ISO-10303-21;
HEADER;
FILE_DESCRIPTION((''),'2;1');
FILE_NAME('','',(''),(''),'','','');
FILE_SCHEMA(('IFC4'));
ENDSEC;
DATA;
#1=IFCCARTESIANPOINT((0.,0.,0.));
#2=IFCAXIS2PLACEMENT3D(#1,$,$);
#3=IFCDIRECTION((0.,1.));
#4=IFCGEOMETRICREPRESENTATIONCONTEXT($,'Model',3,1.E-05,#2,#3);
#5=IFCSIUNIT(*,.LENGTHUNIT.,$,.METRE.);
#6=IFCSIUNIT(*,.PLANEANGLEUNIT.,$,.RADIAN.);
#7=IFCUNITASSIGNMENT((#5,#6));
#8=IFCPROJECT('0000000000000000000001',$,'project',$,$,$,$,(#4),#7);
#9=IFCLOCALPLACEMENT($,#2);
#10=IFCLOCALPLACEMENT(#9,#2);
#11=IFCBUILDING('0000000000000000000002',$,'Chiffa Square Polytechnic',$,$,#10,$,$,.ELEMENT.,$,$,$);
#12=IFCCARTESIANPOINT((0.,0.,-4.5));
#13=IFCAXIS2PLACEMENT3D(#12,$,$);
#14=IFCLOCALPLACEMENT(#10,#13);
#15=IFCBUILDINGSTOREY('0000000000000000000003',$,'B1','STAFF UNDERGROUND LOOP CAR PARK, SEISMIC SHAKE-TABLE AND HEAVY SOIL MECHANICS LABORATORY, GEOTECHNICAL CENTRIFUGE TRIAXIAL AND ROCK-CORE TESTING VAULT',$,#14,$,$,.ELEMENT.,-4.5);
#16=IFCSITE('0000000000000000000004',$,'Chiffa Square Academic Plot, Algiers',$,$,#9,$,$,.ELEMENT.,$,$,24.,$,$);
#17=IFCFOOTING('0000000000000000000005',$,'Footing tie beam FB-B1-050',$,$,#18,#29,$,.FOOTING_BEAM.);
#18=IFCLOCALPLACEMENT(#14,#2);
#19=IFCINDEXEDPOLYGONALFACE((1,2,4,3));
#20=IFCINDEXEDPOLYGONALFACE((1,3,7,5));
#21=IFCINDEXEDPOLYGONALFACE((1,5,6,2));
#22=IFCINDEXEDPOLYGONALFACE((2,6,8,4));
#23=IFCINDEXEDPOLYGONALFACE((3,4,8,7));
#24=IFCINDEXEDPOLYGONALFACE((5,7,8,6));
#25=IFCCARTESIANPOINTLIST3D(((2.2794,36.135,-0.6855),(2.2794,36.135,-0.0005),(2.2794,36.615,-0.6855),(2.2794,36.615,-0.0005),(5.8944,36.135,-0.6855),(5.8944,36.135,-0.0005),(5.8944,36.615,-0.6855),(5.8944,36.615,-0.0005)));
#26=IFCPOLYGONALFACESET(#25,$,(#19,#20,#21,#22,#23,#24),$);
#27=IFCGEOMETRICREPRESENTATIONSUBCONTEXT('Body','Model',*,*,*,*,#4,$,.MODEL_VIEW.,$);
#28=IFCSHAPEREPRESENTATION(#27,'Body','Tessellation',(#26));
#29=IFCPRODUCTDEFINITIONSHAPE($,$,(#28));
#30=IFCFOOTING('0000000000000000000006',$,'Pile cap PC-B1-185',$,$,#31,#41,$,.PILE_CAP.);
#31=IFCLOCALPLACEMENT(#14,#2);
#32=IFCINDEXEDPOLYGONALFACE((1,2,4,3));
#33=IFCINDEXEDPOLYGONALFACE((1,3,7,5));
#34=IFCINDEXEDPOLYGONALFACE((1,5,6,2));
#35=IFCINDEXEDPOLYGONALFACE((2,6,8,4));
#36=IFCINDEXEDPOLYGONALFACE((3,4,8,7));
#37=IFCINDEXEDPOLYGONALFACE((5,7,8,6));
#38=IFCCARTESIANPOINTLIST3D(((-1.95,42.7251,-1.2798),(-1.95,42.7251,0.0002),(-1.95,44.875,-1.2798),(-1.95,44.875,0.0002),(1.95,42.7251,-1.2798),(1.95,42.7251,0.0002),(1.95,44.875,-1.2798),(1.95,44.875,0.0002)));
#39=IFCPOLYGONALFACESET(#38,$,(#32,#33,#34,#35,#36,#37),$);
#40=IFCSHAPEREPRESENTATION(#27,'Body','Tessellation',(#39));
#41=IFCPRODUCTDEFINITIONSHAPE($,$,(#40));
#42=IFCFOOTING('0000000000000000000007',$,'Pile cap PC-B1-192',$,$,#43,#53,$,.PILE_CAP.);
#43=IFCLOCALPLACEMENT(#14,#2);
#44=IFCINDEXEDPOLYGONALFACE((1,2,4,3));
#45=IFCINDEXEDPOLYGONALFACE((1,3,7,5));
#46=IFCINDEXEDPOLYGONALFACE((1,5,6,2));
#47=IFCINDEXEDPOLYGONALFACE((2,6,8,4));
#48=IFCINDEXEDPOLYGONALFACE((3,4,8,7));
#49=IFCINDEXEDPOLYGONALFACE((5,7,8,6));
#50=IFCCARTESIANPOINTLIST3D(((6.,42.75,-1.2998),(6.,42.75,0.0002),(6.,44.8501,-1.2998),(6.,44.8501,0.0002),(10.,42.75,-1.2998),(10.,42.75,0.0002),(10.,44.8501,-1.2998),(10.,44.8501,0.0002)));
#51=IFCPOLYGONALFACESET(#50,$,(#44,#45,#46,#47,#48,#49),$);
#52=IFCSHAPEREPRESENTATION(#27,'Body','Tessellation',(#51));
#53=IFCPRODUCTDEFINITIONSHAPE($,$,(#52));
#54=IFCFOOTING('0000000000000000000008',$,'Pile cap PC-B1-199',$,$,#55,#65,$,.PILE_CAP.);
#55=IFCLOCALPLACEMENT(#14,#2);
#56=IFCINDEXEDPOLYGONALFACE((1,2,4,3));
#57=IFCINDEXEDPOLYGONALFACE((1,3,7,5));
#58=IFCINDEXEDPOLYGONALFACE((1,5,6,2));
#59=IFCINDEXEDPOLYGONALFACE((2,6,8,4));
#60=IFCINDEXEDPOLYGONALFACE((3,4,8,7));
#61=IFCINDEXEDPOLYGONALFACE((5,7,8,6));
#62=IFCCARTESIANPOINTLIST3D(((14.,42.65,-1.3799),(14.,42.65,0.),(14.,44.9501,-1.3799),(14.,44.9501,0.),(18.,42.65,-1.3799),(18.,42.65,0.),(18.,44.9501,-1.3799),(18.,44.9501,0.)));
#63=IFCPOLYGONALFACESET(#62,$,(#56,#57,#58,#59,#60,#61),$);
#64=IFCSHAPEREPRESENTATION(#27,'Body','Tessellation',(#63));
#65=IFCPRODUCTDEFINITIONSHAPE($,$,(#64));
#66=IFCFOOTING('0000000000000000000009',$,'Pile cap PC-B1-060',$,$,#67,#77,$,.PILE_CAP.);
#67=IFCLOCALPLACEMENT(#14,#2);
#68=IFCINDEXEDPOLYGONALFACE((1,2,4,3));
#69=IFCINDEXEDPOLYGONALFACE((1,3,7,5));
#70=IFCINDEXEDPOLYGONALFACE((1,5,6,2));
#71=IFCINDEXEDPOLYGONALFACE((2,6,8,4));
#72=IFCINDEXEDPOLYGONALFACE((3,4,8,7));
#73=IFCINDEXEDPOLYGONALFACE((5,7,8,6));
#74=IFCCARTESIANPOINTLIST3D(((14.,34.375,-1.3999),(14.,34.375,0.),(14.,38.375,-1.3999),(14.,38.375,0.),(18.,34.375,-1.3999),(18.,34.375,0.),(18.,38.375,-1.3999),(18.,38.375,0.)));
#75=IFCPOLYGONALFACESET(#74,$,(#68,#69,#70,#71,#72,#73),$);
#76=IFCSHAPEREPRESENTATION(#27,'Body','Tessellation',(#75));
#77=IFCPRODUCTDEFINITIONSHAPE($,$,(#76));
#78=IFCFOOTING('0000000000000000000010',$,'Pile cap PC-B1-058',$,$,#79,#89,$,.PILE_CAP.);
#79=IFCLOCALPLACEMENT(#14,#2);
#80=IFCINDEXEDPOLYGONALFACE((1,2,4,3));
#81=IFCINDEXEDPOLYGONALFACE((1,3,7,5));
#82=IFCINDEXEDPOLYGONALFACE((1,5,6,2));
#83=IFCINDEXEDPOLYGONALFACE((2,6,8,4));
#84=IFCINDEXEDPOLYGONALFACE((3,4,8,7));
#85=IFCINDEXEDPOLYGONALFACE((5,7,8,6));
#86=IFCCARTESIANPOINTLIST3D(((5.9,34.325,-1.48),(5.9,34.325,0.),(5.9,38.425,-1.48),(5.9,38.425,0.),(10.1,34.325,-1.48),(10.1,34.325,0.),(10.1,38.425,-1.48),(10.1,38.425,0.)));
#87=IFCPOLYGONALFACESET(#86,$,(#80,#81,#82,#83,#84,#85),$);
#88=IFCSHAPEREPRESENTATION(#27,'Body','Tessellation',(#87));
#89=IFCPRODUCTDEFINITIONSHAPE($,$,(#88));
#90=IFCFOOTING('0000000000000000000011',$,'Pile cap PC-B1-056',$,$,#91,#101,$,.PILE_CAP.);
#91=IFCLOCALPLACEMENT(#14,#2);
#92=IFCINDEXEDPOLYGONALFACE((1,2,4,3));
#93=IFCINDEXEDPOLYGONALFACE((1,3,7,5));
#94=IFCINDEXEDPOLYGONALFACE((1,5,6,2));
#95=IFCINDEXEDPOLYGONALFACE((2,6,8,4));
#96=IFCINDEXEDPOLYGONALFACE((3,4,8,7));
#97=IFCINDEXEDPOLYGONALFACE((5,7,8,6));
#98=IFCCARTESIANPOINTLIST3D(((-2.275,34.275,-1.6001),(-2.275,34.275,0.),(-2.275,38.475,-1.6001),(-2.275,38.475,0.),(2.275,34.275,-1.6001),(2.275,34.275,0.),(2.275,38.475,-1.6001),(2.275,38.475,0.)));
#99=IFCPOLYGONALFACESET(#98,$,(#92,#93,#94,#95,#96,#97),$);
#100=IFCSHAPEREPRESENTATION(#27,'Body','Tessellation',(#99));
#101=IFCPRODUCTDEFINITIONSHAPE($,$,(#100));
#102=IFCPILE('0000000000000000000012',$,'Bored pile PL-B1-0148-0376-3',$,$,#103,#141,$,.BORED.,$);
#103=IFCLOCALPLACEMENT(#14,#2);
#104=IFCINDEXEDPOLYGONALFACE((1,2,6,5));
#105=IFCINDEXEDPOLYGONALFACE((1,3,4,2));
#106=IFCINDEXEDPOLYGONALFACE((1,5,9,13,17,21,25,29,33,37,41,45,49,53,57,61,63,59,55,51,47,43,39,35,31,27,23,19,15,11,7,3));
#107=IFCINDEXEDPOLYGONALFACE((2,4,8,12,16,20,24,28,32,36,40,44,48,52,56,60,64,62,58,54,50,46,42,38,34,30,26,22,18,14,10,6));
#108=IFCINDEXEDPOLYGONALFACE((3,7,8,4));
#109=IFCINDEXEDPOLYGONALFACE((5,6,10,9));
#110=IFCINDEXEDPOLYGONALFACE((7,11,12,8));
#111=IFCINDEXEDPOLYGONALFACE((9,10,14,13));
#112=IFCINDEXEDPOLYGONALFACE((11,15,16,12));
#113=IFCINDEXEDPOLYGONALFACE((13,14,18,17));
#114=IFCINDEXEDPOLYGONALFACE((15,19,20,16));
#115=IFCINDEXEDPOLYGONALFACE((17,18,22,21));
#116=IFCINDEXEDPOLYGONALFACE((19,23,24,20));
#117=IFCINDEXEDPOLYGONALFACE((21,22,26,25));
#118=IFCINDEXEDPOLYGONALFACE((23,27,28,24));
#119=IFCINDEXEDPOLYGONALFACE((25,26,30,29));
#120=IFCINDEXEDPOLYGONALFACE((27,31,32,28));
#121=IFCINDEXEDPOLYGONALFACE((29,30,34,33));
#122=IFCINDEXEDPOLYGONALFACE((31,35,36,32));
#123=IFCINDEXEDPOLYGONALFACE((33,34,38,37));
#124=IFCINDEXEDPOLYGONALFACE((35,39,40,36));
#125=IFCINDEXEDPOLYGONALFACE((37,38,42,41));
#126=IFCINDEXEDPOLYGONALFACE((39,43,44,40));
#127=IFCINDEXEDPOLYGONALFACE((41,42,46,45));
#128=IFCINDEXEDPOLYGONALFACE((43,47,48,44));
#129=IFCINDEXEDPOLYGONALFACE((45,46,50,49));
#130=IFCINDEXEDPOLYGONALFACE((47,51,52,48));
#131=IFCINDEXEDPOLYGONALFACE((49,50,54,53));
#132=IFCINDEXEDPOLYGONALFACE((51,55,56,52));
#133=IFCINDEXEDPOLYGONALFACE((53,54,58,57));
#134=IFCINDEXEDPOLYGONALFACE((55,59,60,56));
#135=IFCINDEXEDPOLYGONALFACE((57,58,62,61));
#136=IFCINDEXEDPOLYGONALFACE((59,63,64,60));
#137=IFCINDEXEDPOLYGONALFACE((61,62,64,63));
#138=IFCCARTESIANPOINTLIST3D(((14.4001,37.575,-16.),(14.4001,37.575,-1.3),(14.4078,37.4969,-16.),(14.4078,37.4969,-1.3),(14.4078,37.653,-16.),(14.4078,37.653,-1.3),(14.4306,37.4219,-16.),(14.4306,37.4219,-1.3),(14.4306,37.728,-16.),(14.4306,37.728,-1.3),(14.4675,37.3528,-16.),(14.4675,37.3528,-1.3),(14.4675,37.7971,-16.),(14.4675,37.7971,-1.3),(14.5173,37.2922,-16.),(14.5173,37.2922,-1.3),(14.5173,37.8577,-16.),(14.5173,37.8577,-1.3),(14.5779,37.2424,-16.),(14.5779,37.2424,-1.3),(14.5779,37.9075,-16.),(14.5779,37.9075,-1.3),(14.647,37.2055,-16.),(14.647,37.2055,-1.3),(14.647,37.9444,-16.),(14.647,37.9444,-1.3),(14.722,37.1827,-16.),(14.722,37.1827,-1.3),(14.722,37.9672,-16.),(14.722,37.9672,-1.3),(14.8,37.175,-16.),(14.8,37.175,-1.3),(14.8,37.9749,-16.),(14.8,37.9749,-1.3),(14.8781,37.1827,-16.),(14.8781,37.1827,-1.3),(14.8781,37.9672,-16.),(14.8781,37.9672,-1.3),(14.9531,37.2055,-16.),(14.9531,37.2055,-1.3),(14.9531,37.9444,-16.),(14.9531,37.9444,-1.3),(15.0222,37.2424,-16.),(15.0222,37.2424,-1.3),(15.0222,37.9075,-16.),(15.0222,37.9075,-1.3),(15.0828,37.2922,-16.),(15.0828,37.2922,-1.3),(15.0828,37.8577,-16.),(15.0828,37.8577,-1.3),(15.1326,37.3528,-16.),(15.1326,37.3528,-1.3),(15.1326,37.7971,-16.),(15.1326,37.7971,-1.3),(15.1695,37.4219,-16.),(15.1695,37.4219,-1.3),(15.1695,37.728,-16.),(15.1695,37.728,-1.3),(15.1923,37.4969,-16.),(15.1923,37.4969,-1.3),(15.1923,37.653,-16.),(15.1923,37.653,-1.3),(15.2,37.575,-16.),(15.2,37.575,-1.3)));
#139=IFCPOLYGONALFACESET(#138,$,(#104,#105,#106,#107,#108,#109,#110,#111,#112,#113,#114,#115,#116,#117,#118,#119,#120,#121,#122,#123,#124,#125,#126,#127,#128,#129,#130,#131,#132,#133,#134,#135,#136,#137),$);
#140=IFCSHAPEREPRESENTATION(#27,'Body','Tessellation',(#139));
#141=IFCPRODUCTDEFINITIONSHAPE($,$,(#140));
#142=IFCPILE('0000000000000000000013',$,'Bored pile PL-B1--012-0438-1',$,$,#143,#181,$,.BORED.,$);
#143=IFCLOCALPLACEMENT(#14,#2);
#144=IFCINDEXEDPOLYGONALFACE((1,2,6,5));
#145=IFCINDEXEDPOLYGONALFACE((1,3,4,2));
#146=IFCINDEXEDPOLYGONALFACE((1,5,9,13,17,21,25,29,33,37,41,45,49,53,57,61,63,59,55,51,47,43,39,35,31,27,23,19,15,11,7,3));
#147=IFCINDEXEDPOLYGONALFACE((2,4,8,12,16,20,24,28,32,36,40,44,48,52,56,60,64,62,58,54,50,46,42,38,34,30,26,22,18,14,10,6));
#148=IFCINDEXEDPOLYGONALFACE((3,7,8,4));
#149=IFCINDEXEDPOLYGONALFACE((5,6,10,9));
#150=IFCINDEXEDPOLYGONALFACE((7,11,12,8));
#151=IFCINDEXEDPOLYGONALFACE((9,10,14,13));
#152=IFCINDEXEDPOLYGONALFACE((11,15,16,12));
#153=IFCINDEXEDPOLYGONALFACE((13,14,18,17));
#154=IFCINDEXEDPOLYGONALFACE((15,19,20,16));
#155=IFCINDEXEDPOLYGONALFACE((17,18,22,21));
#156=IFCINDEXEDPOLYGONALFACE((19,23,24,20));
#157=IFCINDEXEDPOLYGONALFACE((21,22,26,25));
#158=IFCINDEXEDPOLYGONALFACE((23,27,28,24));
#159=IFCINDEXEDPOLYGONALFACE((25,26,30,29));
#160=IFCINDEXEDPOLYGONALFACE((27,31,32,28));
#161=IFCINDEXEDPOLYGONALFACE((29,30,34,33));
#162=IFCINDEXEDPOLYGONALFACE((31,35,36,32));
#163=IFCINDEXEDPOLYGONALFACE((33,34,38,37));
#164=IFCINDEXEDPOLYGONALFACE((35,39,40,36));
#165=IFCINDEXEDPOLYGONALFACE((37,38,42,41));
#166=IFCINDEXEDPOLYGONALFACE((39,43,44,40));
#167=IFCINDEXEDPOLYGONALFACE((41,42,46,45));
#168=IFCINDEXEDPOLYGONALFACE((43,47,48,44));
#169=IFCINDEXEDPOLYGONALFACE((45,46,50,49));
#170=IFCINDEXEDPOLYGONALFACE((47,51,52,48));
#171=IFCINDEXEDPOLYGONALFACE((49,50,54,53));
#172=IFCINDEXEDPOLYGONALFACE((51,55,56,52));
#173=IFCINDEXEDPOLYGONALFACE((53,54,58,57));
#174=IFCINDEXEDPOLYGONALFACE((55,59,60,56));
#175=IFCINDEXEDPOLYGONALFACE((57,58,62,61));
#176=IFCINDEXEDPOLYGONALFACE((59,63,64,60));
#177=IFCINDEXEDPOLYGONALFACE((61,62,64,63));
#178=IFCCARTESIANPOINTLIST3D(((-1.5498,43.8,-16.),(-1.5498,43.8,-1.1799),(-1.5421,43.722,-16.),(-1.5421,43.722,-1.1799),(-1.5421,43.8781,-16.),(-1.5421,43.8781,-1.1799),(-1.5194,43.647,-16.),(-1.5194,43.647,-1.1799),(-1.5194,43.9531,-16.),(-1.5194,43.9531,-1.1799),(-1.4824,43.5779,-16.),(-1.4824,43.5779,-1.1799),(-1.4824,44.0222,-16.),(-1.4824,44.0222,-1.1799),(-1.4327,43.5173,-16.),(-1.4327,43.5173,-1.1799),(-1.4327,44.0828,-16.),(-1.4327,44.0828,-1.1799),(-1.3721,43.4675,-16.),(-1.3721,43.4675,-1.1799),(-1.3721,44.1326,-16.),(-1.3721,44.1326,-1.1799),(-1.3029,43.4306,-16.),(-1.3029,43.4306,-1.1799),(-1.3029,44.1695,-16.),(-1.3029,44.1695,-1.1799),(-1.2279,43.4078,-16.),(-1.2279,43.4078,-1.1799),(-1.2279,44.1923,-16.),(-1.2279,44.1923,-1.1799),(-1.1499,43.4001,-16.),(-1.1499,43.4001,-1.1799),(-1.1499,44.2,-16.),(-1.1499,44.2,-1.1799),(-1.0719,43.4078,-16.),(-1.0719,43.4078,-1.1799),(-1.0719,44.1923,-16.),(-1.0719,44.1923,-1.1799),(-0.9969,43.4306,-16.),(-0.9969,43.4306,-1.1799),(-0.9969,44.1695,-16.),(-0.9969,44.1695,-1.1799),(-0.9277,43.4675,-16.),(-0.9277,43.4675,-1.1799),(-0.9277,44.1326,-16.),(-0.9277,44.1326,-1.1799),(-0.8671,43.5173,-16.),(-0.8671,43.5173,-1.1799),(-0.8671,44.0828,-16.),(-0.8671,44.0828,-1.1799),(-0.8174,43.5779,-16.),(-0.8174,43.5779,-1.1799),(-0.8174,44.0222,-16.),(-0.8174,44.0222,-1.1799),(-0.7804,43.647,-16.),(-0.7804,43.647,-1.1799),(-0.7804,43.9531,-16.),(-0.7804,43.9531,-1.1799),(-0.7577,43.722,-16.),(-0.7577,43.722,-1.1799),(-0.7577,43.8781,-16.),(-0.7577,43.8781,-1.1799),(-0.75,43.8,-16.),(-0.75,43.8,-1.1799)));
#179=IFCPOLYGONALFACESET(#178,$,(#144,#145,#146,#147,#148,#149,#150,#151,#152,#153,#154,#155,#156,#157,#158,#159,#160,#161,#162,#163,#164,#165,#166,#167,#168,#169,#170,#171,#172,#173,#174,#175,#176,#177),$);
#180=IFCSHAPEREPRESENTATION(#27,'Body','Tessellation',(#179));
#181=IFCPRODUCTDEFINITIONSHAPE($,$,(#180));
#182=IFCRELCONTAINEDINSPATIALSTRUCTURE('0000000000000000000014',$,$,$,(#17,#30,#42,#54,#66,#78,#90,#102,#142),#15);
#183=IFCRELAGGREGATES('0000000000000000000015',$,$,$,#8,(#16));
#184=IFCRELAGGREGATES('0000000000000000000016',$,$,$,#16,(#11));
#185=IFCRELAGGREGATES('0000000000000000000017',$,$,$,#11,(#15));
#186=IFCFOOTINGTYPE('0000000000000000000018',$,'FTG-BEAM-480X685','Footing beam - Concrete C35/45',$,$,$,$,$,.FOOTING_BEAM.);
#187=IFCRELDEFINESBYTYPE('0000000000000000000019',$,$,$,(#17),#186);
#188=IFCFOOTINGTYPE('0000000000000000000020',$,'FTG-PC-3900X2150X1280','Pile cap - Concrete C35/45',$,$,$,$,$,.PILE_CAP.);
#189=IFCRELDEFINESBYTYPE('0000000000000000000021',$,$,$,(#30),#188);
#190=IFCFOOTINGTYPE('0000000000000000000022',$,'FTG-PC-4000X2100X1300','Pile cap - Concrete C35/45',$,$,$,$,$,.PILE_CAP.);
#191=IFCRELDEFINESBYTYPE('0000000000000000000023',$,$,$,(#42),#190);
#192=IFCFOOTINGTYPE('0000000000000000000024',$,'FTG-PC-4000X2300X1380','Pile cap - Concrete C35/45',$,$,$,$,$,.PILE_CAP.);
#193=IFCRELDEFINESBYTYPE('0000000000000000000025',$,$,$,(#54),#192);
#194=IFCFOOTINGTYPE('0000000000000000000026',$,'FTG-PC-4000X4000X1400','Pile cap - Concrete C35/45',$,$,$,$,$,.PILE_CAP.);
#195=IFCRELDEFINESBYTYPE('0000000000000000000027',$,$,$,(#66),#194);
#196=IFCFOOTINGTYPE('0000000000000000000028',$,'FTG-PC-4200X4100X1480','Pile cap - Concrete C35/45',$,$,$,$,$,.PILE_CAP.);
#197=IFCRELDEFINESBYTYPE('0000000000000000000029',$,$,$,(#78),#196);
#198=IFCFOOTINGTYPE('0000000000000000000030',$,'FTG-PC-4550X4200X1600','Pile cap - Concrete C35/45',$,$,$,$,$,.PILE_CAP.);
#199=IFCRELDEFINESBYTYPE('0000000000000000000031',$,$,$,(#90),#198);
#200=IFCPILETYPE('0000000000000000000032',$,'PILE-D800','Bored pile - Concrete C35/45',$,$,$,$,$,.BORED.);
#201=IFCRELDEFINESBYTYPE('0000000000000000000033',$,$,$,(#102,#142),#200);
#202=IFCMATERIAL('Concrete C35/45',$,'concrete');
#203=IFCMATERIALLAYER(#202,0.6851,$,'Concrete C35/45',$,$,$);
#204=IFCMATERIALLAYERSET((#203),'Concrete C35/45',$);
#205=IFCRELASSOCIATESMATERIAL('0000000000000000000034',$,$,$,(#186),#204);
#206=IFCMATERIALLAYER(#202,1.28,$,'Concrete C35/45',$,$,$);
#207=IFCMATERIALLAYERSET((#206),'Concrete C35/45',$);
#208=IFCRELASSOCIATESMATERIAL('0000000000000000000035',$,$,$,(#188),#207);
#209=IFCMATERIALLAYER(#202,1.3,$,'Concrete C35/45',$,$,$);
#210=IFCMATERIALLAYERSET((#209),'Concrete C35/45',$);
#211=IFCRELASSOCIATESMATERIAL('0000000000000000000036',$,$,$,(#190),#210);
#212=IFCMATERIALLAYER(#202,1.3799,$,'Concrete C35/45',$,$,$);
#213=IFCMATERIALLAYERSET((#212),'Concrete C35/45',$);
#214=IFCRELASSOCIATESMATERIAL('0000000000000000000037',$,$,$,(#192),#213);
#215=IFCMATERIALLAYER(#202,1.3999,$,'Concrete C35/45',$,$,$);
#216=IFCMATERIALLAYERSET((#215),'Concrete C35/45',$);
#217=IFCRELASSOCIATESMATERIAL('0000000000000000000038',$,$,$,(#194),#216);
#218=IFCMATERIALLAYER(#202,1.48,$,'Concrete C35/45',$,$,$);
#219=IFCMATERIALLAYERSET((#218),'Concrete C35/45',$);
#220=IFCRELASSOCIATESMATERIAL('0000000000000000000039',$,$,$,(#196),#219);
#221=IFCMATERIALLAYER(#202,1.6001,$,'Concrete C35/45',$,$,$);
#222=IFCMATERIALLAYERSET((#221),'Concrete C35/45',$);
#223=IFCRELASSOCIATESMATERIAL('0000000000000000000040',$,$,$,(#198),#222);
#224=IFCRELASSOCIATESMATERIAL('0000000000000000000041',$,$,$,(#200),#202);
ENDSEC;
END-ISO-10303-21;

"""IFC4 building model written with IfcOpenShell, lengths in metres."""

from ifc_helpers import new_model, si_unit, direction, frame, origin, origin_2d, place, context, subcontext, project, spatial, rectangle, circle, extrude, material, layer, layer_set, material_profile, profile_set, type_object, element, save


model = new_model("IFC4")

# Units and contexts
model_context = context("Model", 3, precision=1e-05, world=origin(), true_north=direction((0.0, 1.0)))
body_context = subcontext(model_context, "Body", "Model", "MODEL_VIEW")
ifc_project = project(units=[si_unit("LENGTHUNIT", "METRE"), si_unit("PLANEANGLEUNIT", "RADIAN")], contexts=[model_context])

# Site, building, storey
site_placement = place(None, origin())
site = spatial("IfcSite", under=ifc_project, at=site_placement, Name="Chiffa Square Academic Plot, Algiers", CompositionType="ELEMENT", RefElevation=24.0)
building_placement = place(site_placement, origin())
building = spatial("IfcBuilding", under=site, at=building_placement, Name="Chiffa Square Polytechnic", CompositionType="ELEMENT")
storey_placement = place(building_placement, frame((0.0, 0.0, -4.5)))
storey = spatial("IfcBuildingStorey", under=building, at=storey_placement, Name="B1", Description="STAFF UNDERGROUND LOOP CAR PARK, SEISMIC SHAKE-TABLE AND HEAVY SOIL MECHANICS LABORATORY, GEOTECHNICAL CENTRIFUGE TRIAXIAL AND ROCK-CORE TESTING VAULT", CompositionType="ELEMENT", Elevation=-4.5)

# Footings
ifc_material = material(Name="Concrete C35/45", Category="concrete")
ifc_layer_1 = layer(ifc_material, 0.6851, Name="Concrete C35/45")
ifc_layer_set_1 = layer_set([ifc_layer_1], Name="Concrete C35/45")
footing_type_1 = type_object("IfcFootingType", Name="FTG-BEAM-480X685", Description="Footing beam - Concrete C35/45", PredefinedType="FOOTING_BEAM", material=ifc_layer_set_1)
footing_1_placement = place(storey_placement, frame((4.0869, 36.375, -0.6855), z_axis=(0.0, 0.0, 1.0), x_axis=(1.0, 0.0, 0.0)))
element("IfcFooting", 1, at=footing_1_placement, inside=storey, type_object=footing_type_1, Name="Footing tie beam FB-B1-050", PredefinedType="FOOTING_BEAM", context=body_context, shape_type="SweptSolid", body=[
    extrude(rectangle(XDim=3.615, YDim=0.48, at=origin_2d()), origin(), (0.0, 0.0, 1.0), 0.6851),
])
ifc_layer_2 = layer(ifc_material, 1.28, Name="Concrete C35/45")
ifc_layer_set_2 = layer_set([ifc_layer_2], Name="Concrete C35/45")
footing_type_2 = type_object("IfcFootingType", Name="FTG-PC-3900X2150X1280", Description="Pile cap - Concrete C35/45", PredefinedType="PILE_CAP", material=ifc_layer_set_2)
footing_2_placement = place(storey_placement, frame((0.0, 43.8, -1.2798), z_axis=(0.0, 0.0, 1.0), x_axis=(1.0, 0.0, 0.0)))
element("IfcFooting", 2, at=footing_2_placement, inside=storey, type_object=footing_type_2, Name="Pile cap PC-B1-185", PredefinedType="PILE_CAP", context=body_context, shape_type="SweptSolid", body=[
    extrude(rectangle(XDim=3.8999, YDim=2.1499, at=origin_2d()), origin(), (0.0, 0.0, 1.0), 1.28),
])
ifc_layer_3 = layer(ifc_material, 1.3, Name="Concrete C35/45")
ifc_layer_set_3 = layer_set([ifc_layer_3], Name="Concrete C35/45")
footing_type_3 = type_object("IfcFootingType", Name="FTG-PC-4000X2100X1300", Description="Pile cap - Concrete C35/45", PredefinedType="PILE_CAP", material=ifc_layer_set_3)
footing_3_placement = place(storey_placement, frame((8.0, 43.8, -1.2998), z_axis=(0.0, 0.0, 1.0), x_axis=(1.0, 0.0, 0.0)))
element("IfcFooting", 3, at=footing_3_placement, inside=storey, type_object=footing_type_3, Name="Pile cap PC-B1-192", PredefinedType="PILE_CAP", context=body_context, shape_type="SweptSolid", body=[
    extrude(rectangle(XDim=4.0, YDim=2.1001, at=origin_2d()), origin(), (0.0, 0.0, 1.0), 1.3),
])
ifc_layer_4 = layer(ifc_material, 1.3799, Name="Concrete C35/45")
ifc_layer_set_4 = layer_set([ifc_layer_4], Name="Concrete C35/45")
footing_type_4 = type_object("IfcFootingType", Name="FTG-PC-4000X2300X1380", Description="Pile cap - Concrete C35/45", PredefinedType="PILE_CAP", material=ifc_layer_set_4)
footing_4_placement = place(storey_placement, frame((16.0, 43.8, -1.3799), z_axis=(0.0, 0.0, 1.0), x_axis=(1.0, 0.0, 0.0)))
element("IfcFooting", 4, at=footing_4_placement, inside=storey, type_object=footing_type_4, Name="Pile cap PC-B1-199", PredefinedType="PILE_CAP", context=body_context, shape_type="SweptSolid", body=[
    extrude(rectangle(XDim=4.0, YDim=2.3, at=origin_2d()), origin(), (0.0, 0.0, 1.0), 1.3799),
])
ifc_layer_5 = layer(ifc_material, 1.3999, Name="Concrete C35/45")
ifc_layer_set_5 = layer_set([ifc_layer_5], Name="Concrete C35/45")
footing_type_5 = type_object("IfcFootingType", Name="FTG-PC-4000X4000X1400", Description="Pile cap - Concrete C35/45", PredefinedType="PILE_CAP", material=ifc_layer_set_5)
footing_5_placement = place(storey_placement, frame((16.0, 36.375, -1.3999), z_axis=(0.0, 0.0, 1.0), x_axis=(1.0, 0.0, 0.0)))
element("IfcFooting", 5, at=footing_5_placement, inside=storey, type_object=footing_type_5, Name="Pile cap PC-B1-060", PredefinedType="PILE_CAP", context=body_context, shape_type="SweptSolid", body=[
    extrude(rectangle(XDim=4.0, YDim=4.0, at=origin_2d()), origin(), (0.0, 0.0, 1.0), 1.3999),
])
ifc_layer_6 = layer(ifc_material, 1.48, Name="Concrete C35/45")
ifc_layer_set_6 = layer_set([ifc_layer_6], Name="Concrete C35/45")
footing_type_6 = type_object("IfcFootingType", Name="FTG-PC-4200X4100X1480", Description="Pile cap - Concrete C35/45", PredefinedType="PILE_CAP", material=ifc_layer_set_6)
footing_6_placement = place(storey_placement, frame((8.0, 36.375, -1.48), z_axis=(0.0, 0.0, 1.0), x_axis=(1.0, 0.0, 0.0)))
element("IfcFooting", 6, at=footing_6_placement, inside=storey, type_object=footing_type_6, Name="Pile cap PC-B1-058", PredefinedType="PILE_CAP", context=body_context, shape_type="SweptSolid", body=[
    extrude(rectangle(XDim=4.2, YDim=4.1001, at=origin_2d()), origin(), (0.0, 0.0, 1.0), 1.48),
])
ifc_layer_7 = layer(ifc_material, 1.6001, Name="Concrete C35/45")
ifc_layer_set_7 = layer_set([ifc_layer_7], Name="Concrete C35/45")
footing_type_7 = type_object("IfcFootingType", Name="FTG-PC-4550X4200X1600", Description="Pile cap - Concrete C35/45", PredefinedType="PILE_CAP", material=ifc_layer_set_7)
footing_7_placement = place(storey_placement, frame((0.0, 36.375, -1.6001), z_axis=(0.0, 0.0, 1.0), x_axis=(1.0, 0.0, 0.0)))
element("IfcFooting", 7, at=footing_7_placement, inside=storey, type_object=footing_type_7, Name="Pile cap PC-B1-056", PredefinedType="PILE_CAP", context=body_context, shape_type="SweptSolid", body=[
    extrude(rectangle(XDim=4.55, YDim=4.2, at=origin_2d()), origin(), (0.0, 0.0, 1.0), 1.6001),
])

# Piles
ifc_material_profile_1 = material_profile(ifc_material, circle(Radius=0.3999, at=origin_2d()), Name="PILE D800")
ifc_profile_set_1 = profile_set([ifc_material_profile_1], Name="Concrete C35/45")
pile_type_1 = type_object("IfcPileType", Name="PILE-D800", Description="Bored pile - Concrete C35/45", PredefinedType="BORED", material=ifc_profile_set_1)
pile_1_placement = place(storey_placement, frame((14.8, 37.575, -1.3), z_axis=(0.0, 0.0, -1.0), x_axis=(1.0, 0.0, 0.0)))
element("IfcPile", 8, at=pile_1_placement, inside=storey, type_object=pile_type_1, Name="Bored pile PL-B1-0148-0376-3", PredefinedType="BORED", context=body_context, shape_type="SweptSolid", body=[
    extrude(circle(Radius=0.3999, at=origin_2d()), origin(), (0.0, 0.0, 1.0), 14.7),
])
for number, where, z_axis, x_axis, name in (
    (9, (-1.1499, 43.8, -1.1799), (0.0, 0.0, -1.0), (1.0, 0.0, 0.0), "Bored pile PL-B1--012-0438-1"),
):
    element("IfcPile", number, at=place(storey_placement, frame(where, z_axis=z_axis, x_axis=x_axis)), inside=storey, type_object=pile_type_1, Name=name, PredefinedType="BORED", context=body_context, shape_type="SweptSolid", body=[
        extrude(circle(Radius=0.3999, at=origin_2d()), origin(), (0.0, 0.0, 1.0), 14.8201),
    ])

save(model, "model.ifc")
